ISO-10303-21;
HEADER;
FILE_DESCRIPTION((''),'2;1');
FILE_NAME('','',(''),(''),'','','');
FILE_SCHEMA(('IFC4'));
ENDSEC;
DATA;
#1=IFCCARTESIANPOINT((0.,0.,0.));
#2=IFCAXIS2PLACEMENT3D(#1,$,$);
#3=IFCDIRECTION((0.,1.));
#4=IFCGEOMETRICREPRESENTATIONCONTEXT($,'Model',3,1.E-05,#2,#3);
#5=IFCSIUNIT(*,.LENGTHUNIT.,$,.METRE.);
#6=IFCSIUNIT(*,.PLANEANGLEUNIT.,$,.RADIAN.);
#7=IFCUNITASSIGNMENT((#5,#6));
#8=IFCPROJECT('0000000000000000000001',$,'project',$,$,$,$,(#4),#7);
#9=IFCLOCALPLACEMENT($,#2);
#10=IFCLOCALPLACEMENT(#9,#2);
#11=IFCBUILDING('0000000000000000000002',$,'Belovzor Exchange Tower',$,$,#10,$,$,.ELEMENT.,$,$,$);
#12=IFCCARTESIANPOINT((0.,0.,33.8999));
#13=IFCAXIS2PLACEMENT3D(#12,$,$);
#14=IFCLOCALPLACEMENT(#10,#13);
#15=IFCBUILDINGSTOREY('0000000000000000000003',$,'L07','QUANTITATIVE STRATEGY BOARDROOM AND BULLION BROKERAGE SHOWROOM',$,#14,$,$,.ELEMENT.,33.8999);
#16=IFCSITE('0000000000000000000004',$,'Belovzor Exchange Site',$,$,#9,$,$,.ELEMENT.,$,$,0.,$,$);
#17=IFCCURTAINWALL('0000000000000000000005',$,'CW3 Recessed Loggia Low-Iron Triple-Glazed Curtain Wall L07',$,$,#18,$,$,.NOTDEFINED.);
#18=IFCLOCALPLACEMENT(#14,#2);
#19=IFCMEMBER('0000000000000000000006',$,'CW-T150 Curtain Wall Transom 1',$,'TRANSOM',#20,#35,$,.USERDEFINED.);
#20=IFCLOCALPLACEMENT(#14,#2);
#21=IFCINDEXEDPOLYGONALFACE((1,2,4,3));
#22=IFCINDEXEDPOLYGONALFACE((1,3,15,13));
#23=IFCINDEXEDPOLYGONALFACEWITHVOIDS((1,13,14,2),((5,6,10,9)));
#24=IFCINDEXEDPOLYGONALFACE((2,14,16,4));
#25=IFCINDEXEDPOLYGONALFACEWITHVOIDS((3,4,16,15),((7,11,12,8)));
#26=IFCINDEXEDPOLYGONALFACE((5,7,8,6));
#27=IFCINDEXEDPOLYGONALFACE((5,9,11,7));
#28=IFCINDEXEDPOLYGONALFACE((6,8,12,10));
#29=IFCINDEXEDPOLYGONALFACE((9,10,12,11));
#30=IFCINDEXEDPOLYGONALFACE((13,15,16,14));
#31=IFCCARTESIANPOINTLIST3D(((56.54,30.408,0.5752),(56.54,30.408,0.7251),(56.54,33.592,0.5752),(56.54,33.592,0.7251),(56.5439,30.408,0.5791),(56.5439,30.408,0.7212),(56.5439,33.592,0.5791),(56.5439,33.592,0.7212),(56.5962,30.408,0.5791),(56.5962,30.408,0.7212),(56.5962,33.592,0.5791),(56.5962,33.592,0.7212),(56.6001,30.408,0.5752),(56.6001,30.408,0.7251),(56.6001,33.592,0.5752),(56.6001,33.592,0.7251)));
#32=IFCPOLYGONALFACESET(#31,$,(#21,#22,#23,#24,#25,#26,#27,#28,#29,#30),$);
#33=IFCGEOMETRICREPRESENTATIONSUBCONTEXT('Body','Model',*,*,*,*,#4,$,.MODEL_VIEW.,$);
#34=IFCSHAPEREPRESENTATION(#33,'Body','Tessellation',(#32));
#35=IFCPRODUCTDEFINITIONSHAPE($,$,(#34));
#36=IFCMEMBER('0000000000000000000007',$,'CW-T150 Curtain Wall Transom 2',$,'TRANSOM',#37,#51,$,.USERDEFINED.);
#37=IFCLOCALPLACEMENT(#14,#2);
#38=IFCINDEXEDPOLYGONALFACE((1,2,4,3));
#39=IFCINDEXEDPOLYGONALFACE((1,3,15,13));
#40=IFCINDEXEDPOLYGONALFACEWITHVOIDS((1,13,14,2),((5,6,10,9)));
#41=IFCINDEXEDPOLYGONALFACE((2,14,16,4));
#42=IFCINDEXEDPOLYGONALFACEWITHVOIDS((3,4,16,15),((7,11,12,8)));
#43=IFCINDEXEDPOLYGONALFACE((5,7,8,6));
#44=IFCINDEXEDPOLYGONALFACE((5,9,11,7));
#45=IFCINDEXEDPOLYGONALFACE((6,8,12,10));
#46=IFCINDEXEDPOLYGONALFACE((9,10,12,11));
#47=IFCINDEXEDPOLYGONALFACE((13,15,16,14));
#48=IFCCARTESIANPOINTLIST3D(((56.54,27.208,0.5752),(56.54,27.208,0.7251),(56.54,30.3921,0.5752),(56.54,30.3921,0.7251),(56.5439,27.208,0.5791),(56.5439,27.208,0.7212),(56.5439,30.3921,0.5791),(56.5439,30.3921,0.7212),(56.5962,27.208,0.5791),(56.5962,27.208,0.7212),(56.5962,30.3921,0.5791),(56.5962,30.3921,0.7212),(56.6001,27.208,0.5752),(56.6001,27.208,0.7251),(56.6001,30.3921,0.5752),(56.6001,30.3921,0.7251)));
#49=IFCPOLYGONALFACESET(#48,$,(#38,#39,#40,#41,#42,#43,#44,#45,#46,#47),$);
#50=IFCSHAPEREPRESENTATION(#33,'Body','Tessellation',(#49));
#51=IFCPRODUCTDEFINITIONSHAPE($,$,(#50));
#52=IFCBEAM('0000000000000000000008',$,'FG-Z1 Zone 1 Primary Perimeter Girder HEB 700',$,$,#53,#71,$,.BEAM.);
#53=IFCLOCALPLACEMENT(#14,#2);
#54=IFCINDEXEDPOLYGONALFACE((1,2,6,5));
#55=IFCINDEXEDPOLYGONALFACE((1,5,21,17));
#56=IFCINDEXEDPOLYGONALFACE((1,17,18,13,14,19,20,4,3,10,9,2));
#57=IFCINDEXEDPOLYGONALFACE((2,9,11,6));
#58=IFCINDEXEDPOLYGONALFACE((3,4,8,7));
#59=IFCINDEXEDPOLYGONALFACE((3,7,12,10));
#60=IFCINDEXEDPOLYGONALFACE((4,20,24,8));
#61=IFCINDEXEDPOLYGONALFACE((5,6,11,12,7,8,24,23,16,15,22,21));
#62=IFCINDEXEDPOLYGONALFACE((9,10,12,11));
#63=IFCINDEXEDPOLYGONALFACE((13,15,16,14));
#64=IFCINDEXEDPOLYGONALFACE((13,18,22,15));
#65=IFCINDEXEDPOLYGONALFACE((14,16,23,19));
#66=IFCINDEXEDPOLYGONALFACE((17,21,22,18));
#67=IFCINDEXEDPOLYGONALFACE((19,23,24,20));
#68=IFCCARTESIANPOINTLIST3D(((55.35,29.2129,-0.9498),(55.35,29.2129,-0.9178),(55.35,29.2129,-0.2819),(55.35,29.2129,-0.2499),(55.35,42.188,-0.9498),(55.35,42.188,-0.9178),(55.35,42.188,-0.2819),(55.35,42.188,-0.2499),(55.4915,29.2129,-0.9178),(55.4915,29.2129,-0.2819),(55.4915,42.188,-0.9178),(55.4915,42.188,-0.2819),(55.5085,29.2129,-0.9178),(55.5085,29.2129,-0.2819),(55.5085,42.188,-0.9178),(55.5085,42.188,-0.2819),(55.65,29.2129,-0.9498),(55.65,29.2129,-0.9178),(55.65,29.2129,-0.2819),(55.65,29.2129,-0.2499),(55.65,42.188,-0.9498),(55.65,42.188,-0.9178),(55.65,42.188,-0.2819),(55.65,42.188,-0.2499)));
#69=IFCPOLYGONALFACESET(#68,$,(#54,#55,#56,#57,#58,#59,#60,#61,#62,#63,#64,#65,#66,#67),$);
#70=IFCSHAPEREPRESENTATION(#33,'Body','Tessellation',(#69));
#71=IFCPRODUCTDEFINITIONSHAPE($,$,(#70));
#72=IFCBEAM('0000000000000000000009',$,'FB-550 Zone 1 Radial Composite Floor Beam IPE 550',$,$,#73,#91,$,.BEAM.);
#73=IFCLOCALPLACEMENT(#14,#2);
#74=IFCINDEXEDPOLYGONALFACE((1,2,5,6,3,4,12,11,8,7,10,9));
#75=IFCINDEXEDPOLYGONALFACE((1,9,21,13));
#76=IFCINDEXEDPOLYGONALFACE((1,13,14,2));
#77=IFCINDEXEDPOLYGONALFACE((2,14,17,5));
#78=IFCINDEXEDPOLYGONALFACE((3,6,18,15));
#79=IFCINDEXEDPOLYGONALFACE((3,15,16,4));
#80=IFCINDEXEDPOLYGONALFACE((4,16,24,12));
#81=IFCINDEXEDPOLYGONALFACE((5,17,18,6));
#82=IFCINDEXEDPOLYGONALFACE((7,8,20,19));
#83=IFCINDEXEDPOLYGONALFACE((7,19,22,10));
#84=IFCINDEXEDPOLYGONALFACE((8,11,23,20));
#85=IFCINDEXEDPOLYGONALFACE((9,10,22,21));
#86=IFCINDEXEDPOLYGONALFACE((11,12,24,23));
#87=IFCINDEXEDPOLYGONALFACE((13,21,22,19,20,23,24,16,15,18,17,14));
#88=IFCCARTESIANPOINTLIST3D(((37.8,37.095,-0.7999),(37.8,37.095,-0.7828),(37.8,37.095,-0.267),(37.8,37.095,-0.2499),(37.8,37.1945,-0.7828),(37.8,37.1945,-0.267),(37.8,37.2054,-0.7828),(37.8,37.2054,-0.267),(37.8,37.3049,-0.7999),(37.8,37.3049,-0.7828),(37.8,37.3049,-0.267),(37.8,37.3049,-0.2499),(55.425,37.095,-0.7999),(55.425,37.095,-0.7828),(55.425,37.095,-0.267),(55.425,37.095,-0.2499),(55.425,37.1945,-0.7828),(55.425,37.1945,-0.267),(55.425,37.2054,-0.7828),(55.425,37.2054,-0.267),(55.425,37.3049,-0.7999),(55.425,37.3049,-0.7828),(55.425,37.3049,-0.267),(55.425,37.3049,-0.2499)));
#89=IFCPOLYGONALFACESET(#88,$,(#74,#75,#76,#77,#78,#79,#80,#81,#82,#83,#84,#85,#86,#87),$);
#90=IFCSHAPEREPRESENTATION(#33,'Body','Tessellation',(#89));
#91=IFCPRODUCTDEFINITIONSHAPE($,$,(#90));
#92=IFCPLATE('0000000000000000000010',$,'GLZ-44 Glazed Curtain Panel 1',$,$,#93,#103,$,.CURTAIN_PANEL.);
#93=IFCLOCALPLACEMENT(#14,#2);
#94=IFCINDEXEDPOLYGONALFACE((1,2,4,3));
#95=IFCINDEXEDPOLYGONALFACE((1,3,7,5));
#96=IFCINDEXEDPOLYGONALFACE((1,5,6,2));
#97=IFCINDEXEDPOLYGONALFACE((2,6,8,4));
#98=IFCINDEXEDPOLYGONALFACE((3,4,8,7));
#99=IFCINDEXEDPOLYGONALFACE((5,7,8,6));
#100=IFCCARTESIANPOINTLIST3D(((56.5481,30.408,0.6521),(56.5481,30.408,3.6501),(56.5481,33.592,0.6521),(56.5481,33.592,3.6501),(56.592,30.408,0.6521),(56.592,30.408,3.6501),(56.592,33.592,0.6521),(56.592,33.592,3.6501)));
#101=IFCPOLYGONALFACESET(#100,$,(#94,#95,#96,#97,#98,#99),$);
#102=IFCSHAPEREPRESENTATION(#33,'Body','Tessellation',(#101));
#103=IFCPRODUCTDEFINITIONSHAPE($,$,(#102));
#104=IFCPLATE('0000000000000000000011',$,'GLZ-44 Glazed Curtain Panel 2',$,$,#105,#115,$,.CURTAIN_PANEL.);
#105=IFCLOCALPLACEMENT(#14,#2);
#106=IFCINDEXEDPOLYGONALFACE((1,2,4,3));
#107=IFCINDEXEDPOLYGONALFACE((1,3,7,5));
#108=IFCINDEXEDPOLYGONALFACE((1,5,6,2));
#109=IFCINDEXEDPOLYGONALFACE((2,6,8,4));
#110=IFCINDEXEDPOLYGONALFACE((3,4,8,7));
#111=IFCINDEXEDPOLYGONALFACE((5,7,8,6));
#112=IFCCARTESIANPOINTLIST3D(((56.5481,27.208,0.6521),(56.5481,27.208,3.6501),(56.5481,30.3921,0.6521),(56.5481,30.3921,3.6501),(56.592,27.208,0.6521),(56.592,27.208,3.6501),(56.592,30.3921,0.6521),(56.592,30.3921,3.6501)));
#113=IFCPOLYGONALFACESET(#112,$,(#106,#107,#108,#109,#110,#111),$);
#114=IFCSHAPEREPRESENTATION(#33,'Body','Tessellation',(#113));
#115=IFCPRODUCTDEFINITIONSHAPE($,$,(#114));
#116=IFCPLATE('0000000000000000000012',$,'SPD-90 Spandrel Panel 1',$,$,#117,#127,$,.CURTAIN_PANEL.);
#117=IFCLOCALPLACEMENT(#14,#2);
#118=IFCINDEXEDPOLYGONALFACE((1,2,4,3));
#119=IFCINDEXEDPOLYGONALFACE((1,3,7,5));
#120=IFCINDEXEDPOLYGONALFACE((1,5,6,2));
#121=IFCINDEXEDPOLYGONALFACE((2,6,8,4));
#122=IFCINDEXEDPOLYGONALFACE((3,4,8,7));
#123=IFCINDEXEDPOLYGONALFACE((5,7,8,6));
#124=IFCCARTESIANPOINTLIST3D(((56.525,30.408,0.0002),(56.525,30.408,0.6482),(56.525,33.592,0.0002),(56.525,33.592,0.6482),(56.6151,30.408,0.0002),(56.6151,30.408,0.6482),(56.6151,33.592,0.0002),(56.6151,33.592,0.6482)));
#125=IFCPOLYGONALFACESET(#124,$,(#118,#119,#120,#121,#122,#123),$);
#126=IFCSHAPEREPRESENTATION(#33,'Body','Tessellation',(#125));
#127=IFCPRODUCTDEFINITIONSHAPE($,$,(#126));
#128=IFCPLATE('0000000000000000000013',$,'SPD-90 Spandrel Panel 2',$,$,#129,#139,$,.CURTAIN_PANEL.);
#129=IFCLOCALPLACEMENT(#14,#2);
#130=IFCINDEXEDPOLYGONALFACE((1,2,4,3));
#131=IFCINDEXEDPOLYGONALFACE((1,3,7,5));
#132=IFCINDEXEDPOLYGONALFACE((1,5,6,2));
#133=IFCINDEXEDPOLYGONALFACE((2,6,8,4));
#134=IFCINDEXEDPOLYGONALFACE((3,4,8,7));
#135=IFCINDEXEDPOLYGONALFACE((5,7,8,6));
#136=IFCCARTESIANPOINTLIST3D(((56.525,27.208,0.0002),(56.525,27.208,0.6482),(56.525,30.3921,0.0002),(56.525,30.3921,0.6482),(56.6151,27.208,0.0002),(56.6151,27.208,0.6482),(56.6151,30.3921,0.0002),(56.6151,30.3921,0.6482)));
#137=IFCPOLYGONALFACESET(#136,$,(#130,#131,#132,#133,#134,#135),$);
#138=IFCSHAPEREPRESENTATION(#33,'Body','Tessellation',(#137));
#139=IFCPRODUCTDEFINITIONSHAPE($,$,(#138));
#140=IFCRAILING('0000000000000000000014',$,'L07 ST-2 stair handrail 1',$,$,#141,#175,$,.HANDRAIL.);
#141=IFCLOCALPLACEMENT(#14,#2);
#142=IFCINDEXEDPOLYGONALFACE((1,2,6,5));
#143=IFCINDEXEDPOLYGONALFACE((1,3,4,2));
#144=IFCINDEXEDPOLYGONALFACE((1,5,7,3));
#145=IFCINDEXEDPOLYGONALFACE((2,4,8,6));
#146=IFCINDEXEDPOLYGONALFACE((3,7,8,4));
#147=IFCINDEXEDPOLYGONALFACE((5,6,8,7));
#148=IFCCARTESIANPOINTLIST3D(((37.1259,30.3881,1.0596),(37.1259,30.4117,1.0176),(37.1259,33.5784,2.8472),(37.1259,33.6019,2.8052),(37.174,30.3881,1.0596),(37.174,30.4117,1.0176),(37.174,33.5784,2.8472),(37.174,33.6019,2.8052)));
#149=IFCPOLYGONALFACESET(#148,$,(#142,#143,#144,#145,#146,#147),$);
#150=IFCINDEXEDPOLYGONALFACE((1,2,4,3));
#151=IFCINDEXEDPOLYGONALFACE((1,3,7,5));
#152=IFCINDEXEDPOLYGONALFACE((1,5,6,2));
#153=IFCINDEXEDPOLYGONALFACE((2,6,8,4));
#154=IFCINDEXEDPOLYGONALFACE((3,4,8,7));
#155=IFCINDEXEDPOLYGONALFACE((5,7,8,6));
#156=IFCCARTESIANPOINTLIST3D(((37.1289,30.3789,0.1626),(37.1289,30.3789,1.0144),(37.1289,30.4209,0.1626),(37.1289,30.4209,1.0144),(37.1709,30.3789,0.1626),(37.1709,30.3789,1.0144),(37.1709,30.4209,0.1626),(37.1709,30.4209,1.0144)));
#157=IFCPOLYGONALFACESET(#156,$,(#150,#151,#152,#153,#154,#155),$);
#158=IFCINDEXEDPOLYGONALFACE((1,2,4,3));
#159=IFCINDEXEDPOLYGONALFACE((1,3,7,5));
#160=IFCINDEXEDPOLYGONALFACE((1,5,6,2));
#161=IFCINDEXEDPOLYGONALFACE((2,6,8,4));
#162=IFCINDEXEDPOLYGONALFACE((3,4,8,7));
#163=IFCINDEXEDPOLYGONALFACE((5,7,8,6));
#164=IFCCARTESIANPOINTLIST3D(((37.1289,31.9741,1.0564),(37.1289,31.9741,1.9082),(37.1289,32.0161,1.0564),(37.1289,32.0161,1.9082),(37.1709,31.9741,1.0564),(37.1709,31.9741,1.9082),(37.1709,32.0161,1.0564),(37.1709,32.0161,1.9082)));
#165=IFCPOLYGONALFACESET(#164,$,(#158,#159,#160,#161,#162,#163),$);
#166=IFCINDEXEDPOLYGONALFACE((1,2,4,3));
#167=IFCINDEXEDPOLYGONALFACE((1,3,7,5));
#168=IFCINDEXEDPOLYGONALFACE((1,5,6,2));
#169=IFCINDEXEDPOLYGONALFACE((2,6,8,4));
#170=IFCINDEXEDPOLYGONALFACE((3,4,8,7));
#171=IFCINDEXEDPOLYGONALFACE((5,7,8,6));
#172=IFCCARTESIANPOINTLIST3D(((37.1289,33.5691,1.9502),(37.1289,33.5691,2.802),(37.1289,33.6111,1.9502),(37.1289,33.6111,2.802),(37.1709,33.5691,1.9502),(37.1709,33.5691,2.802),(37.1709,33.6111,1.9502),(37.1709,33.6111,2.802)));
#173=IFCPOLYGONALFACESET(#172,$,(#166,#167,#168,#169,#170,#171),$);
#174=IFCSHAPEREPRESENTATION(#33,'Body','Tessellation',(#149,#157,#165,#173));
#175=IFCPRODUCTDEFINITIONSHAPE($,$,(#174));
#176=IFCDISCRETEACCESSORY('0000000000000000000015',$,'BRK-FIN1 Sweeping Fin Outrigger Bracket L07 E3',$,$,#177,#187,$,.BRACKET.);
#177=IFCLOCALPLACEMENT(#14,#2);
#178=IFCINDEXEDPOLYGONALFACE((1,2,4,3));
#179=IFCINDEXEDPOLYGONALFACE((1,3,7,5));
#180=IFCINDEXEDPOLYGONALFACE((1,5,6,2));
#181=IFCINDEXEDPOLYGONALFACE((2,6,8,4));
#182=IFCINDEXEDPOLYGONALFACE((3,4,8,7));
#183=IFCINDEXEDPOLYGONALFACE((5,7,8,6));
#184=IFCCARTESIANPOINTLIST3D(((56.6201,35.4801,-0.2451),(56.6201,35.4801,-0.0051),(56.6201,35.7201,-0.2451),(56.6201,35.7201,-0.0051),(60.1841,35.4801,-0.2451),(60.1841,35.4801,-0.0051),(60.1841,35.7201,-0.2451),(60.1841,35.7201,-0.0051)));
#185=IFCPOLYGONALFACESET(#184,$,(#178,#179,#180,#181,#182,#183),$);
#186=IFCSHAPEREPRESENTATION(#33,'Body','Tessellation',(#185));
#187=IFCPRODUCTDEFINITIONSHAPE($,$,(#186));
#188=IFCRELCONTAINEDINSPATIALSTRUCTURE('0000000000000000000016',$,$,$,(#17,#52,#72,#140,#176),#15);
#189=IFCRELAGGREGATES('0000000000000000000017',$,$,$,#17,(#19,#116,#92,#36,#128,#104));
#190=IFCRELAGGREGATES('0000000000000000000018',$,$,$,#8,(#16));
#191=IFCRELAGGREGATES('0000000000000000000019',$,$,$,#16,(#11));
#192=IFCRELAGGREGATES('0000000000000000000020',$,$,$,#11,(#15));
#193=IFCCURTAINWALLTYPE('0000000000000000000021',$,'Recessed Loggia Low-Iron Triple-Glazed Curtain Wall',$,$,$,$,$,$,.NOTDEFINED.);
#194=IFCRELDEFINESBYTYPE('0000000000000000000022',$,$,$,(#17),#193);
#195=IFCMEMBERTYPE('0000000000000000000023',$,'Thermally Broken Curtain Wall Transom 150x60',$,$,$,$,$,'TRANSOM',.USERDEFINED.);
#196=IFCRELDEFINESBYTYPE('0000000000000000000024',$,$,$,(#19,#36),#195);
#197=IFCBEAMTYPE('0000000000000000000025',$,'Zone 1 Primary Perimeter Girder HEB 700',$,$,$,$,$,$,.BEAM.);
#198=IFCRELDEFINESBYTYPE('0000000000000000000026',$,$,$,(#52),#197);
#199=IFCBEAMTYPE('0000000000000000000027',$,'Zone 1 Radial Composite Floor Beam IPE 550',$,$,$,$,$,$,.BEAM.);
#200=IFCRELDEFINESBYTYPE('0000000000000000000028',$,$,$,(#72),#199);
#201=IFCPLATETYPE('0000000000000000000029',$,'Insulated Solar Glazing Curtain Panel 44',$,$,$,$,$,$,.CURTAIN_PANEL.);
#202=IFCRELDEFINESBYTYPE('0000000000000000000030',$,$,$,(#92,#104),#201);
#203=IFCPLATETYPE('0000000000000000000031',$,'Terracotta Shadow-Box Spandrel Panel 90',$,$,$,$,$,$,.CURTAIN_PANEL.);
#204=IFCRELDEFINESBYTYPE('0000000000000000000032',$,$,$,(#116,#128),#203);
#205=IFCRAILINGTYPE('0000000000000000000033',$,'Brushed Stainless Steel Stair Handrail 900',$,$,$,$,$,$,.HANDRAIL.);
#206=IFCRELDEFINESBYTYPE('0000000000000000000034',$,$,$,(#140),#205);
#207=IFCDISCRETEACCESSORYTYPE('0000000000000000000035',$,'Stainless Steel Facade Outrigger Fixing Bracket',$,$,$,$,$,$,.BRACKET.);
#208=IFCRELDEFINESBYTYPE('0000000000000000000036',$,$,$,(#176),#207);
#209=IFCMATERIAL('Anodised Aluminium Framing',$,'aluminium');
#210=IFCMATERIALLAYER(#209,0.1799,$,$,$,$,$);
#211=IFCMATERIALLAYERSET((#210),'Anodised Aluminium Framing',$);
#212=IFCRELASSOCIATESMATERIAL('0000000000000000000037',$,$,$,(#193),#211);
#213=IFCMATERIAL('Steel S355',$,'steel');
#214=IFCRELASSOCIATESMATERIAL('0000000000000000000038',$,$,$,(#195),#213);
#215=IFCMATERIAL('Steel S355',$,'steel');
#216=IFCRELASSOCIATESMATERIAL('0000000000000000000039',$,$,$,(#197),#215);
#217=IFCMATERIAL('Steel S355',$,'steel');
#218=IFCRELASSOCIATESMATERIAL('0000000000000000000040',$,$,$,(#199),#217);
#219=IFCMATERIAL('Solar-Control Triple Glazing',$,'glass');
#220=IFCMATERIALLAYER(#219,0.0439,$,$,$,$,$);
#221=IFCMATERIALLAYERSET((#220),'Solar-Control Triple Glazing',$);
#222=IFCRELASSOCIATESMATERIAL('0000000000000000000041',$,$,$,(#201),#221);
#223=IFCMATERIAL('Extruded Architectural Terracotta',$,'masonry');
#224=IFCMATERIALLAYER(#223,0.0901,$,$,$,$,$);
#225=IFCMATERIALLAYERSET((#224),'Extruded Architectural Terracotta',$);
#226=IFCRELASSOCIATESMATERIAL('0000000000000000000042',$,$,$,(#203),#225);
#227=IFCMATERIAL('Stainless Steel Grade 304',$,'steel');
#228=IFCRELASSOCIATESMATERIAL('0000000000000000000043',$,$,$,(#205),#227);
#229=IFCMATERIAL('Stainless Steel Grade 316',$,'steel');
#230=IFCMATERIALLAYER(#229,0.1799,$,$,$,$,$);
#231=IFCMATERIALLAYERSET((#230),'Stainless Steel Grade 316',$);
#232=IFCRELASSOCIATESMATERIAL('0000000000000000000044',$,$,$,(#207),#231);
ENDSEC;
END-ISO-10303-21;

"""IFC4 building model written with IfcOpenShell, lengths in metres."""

from ifc_helpers import new_model, si_unit, direction, frame, origin, origin_2d, place, context, subcontext, project, spatial, rectangle, hollow_rectangle, i_section, extrude, material, layer, layer_set, material_profile, profile_set, type_object, element, aggregate, save


model = new_model("IFC4")

# Units and contexts
model_context = context("Model", 3, precision=1e-05, world=origin(), true_north=direction((0.0, 1.0)))
body_context = subcontext(model_context, "Body", "Model", "MODEL_VIEW")
ifc_project = project(units=[si_unit("LENGTHUNIT", "METRE"), si_unit("PLANEANGLEUNIT", "RADIAN")], contexts=[model_context])

# Site, building, storey
site_placement = place(None, origin())
site = spatial("IfcSite", under=ifc_project, at=site_placement, Name="Belovzor Exchange Site", CompositionType="ELEMENT", RefElevation=0.0)
building_placement = place(site_placement, origin())
building = spatial("IfcBuilding", under=site, at=building_placement, Name="Belovzor Exchange Tower", CompositionType="ELEMENT")
storey_placement = place(building_placement, frame((0.0, 0.0, 33.8999)))
storey = spatial("IfcBuildingStorey", under=building, at=storey_placement, Name="L07", Description="QUANTITATIVE STRATEGY BOARDROOM AND BULLION BROKERAGE SHOWROOM", CompositionType="ELEMENT", Elevation=33.8999)

# Curtain wall, members
ifc_material_1 = material(Name="Anodised Aluminium Framing", Category="aluminium")
ifc_layer_1 = layer(ifc_material_1, 0.1799)
ifc_layer_set_1 = layer_set([ifc_layer_1], Name="Anodised Aluminium Framing")
curtain_wall_type = type_object("IfcCurtainWallType", Name="Recessed Loggia Low-Iron Triple-Glazed Curtain Wall", PredefinedType="NOTDEFINED", material=ifc_layer_set_1)
curtain_wall_placement = place(storey_placement, origin())
curtain_wall = element("IfcCurtainWall", 1, at=curtain_wall_placement, inside=storey, type_object=curtain_wall_type, Name="CW3 Recessed Loggia Low-Iron Triple-Glazed Curtain Wall L07", PredefinedType="NOTDEFINED")
ifc_material_2 = material(Name="Steel S355", Category="steel")
ifc_material_profile_1 = material_profile(ifc_material_2, hollow_rectangle(XDim=0.0601, YDim=0.1499, WallThickness=0.0039, at=origin_2d()))
ifc_profile_set_1 = profile_set([ifc_material_profile_1], Name="Steel S355")
member_type_1 = type_object("IfcMemberType", Name="Thermally Broken Curtain Wall Transom 150x60", ElementType="TRANSOM", PredefinedType="USERDEFINED", material=ifc_profile_set_1)
member_1_placement = place(storey_placement, frame((56.5701, 33.592, 0.6501), z_axis=(0.0, -1.0, 0.0), x_axis=(1.0, 0.0, 0.0)))
member_1 = element("IfcMember", 2, at=member_1_placement, type_object=member_type_1, Name="CW-T150 Curtain Wall Transom 1", ObjectType="TRANSOM", PredefinedType="USERDEFINED", context=body_context, shape_type="SweptSolid", body=[
    extrude(hollow_rectangle(XDim=0.0601, YDim=0.1499, WallThickness=0.0039, at=origin_2d()), origin(), (0.0, 0.0, 1.0), 3.1841),
])
member_2_placement = place(storey_placement, frame((56.5701, 30.3921, 0.6501), z_axis=(0.0, -1.0, 0.0), x_axis=(1.0, 0.0, 0.0)))
member_2 = element("IfcMember", 3, at=member_2_placement, type_object=member_type_1, Name="CW-T150 Curtain Wall Transom 2", ObjectType="TRANSOM", PredefinedType="USERDEFINED", context=body_context, shape_type="SweptSolid", body=[
    extrude(hollow_rectangle(XDim=0.0601, YDim=0.1499, WallThickness=0.0039, at=origin_2d()), origin(), (0.0, 0.0, 1.0), 3.1841),
])

# Beams
ifc_material_3 = material(Name="Steel S355", Category="steel")
ifc_material_profile_2 = material_profile(ifc_material_3, i_section(OverallWidth=0.3, OverallDepth=0.7, WebThickness=0.0171, FlangeThickness=0.032, at=origin_2d()))
ifc_profile_set_2 = profile_set([ifc_material_profile_2], Name="Steel S355")
beam_type_1 = type_object("IfcBeamType", Name="Zone 1 Primary Perimeter Girder HEB 700", PredefinedType="BEAM", material=ifc_profile_set_2)
beam_1_placement = place(storey_placement, frame((55.5, 29.2129, -0.5999), z_axis=(0.0, 1.0, 0.0), x_axis=(-1.0, 0.0, 0.0)))
element("IfcBeam", 4, at=beam_1_placement, inside=storey, type_object=beam_type_1, Name="FG-Z1 Zone 1 Primary Perimeter Girder HEB 700", PredefinedType="BEAM", context=body_context, shape_type="SweptSolid", body=[
    extrude(i_section(OverallWidth=0.3, OverallDepth=0.7, WebThickness=0.0171, FlangeThickness=0.032, at=origin_2d()), origin(), (0.0, 0.0, 1.0), 12.9751),
])
ifc_material_4 = material(Name="Steel S355", Category="steel")
ifc_material_profile_3 = material_profile(ifc_material_4, i_section(OverallWidth=0.21, OverallDepth=0.55, WebThickness=0.011, FlangeThickness=0.0171, at=origin_2d()))
ifc_profile_set_3 = profile_set([ifc_material_profile_3], Name="Steel S355")
beam_type_2 = type_object("IfcBeamType", Name="Zone 1 Radial Composite Floor Beam IPE 550", PredefinedType="BEAM", material=ifc_profile_set_3)
beam_2_placement = place(storey_placement, frame((37.8, 37.2, -0.5249), z_axis=(1.0, 0.0, 0.0), x_axis=(0.0, 1.0, 0.0)))
element("IfcBeam", 5, at=beam_2_placement, inside=storey, type_object=beam_type_2, Name="FB-550 Zone 1 Radial Composite Floor Beam IPE 550", PredefinedType="BEAM", context=body_context, shape_type="SweptSolid", body=[
    extrude(i_section(OverallWidth=0.21, OverallDepth=0.55, WebThickness=0.011, FlangeThickness=0.0171, at=origin_2d()), origin(), (0.0, 0.0, 1.0), 17.625),
])

# Plates
ifc_material_5 = material(Name="Solar-Control Triple Glazing", Category="glass")
ifc_layer_2 = layer(ifc_material_5, 0.0439)
ifc_layer_set_2 = layer_set([ifc_layer_2], Name="Solar-Control Triple Glazing")
plate_type_1 = type_object("IfcPlateType", Name="Insulated Solar Glazing Curtain Panel 44", PredefinedType="CURTAIN_PANEL", material=ifc_layer_set_2)
plate_1_placement = place(storey_placement, frame((56.5701, 32.0, 0.6521), z_axis=(0.0, 0.0, 1.0), x_axis=(0.0, -1.0, 0.0)))
plate_1 = element("IfcPlate", 6, at=plate_1_placement, type_object=plate_type_1, Name="GLZ-44 Glazed Curtain Panel 1", PredefinedType="CURTAIN_PANEL", context=body_context, shape_type="SweptSolid", body=[
    extrude(rectangle(XDim=3.1841, YDim=0.0439, at=origin_2d()), origin(), (0.0, 0.0, 1.0), 2.998),
])
plate_2_placement = place(storey_placement, frame((56.5701, 28.8, 0.6521), z_axis=(0.0, 0.0, 1.0), x_axis=(0.0, -1.0, 0.0)))
plate_2 = element("IfcPlate", 7, at=plate_2_placement, type_object=plate_type_1, Name="GLZ-44 Glazed Curtain Panel 2", PredefinedType="CURTAIN_PANEL", context=body_context, shape_type="SweptSolid", body=[
    extrude(rectangle(XDim=3.1841, YDim=0.0439, at=origin_2d()), origin(), (0.0, 0.0, 1.0), 2.998),
])
ifc_material_6 = material(Name="Extruded Architectural Terracotta", Category="masonry")
ifc_layer_3 = layer(ifc_material_6, 0.0901)
ifc_layer_set_3 = layer_set([ifc_layer_3], Name="Extruded Architectural Terracotta")
plate_type_2 = type_object("IfcPlateType", Name="Terracotta Shadow-Box Spandrel Panel 90", PredefinedType="CURTAIN_PANEL", material=ifc_layer_set_3)
plate_3_placement = place(storey_placement, frame((56.5701, 32.0, 0.0002), z_axis=(0.0, 0.0, 1.0), x_axis=(0.0, -1.0, 0.0)))
plate_3 = element("IfcPlate", 8, at=plate_3_placement, type_object=plate_type_2, Name="SPD-90 Spandrel Panel 1", PredefinedType="CURTAIN_PANEL", context=body_context, shape_type="SweptSolid", body=[
    extrude(rectangle(XDim=3.1841, YDim=0.0901, at=origin_2d()), origin(), (0.0, 0.0, 1.0), 0.6479),
])
plate_4_placement = place(storey_placement, frame((56.5701, 28.8, 0.0002), z_axis=(0.0, 0.0, 1.0), x_axis=(0.0, -1.0, 0.0)))
plate_4 = element("IfcPlate", 9, at=plate_4_placement, type_object=plate_type_2, Name="SPD-90 Spandrel Panel 2", PredefinedType="CURTAIN_PANEL", context=body_context, shape_type="SweptSolid", body=[
    extrude(rectangle(XDim=3.1841, YDim=0.0901, at=origin_2d()), origin(), (0.0, 0.0, 1.0), 0.6479),
])
aggregate(curtain_wall, [member_1, plate_3, plate_1, member_2, plate_4, plate_2])

# Railing
ifc_material_7 = material(Name="Stainless Steel Grade 304", Category="steel")
railing_type = type_object("IfcRailingType", Name="Brushed Stainless Steel Stair Handrail 900", PredefinedType="HANDRAIL", material=ifc_material_7)
railing_placement = place(storey_placement, frame((37.1499, 30.3999, 0.1626)))
element("IfcRailing", 10, at=railing_placement, inside=storey, type_object=railing_type, Name="L07 ST-2 stair handrail 1", PredefinedType="HANDRAIL", context=body_context, shape_type="SweptSolid", body=[
    extrude(rectangle(XDim=0.0481, YDim=0.0481, at=origin_2d()), frame((0.0, 0.0, 0.876), z_axis=(0.0, 0.872378, 0.488831), x_axis=(-1.0, 0.0, 0.0)), (0.0, 0.0, 1.0), 3.657),
    extrude(rectangle(XDim=0.042, YDim=0.042, at=origin_2d()), origin(), (0.0, 0.0, 1.0), 0.8518),
    extrude(rectangle(XDim=0.042, YDim=0.042, at=origin_2d()), frame((0.0, 1.5952, 0.8938)), (0.0, 0.0, 1.0), 0.8518),
    extrude(rectangle(XDim=0.042, YDim=0.042, at=origin_2d()), frame((0.0, 3.1902, 1.7876)), (0.0, 0.0, 1.0), 0.8518),
])

# Discrete accessory
ifc_material_8 = material(Name="Stainless Steel Grade 316", Category="steel")
ifc_layer_4 = layer(ifc_material_8, 0.1799)
ifc_layer_set_4 = layer_set([ifc_layer_4], Name="Stainless Steel Grade 316")
discrete_accessory_type = type_object("IfcDiscreteAccessoryType", Name="Stainless Steel Facade Outrigger Fixing Bracket", PredefinedType="BRACKET", material=ifc_layer_set_4)
discrete_accessory_placement = place(storey_placement, frame((58.4021, 35.6001, -0.2451), z_axis=(0.0, 0.0, 1.0), x_axis=(1.0, 0.0, 0.0)))
element("IfcDiscreteAccessory", 11, at=discrete_accessory_placement, inside=storey, type_object=discrete_accessory_type, Name="BRK-FIN1 Sweeping Fin Outrigger Bracket L07 E3", PredefinedType="BRACKET", context=body_context, shape_type="SweptSolid", body=[
    extrude(rectangle(XDim=3.564, YDim=0.24, at=origin_2d()), origin(), (0.0, 0.0, 1.0), 0.24),
])

save(model, "model.ifc")
